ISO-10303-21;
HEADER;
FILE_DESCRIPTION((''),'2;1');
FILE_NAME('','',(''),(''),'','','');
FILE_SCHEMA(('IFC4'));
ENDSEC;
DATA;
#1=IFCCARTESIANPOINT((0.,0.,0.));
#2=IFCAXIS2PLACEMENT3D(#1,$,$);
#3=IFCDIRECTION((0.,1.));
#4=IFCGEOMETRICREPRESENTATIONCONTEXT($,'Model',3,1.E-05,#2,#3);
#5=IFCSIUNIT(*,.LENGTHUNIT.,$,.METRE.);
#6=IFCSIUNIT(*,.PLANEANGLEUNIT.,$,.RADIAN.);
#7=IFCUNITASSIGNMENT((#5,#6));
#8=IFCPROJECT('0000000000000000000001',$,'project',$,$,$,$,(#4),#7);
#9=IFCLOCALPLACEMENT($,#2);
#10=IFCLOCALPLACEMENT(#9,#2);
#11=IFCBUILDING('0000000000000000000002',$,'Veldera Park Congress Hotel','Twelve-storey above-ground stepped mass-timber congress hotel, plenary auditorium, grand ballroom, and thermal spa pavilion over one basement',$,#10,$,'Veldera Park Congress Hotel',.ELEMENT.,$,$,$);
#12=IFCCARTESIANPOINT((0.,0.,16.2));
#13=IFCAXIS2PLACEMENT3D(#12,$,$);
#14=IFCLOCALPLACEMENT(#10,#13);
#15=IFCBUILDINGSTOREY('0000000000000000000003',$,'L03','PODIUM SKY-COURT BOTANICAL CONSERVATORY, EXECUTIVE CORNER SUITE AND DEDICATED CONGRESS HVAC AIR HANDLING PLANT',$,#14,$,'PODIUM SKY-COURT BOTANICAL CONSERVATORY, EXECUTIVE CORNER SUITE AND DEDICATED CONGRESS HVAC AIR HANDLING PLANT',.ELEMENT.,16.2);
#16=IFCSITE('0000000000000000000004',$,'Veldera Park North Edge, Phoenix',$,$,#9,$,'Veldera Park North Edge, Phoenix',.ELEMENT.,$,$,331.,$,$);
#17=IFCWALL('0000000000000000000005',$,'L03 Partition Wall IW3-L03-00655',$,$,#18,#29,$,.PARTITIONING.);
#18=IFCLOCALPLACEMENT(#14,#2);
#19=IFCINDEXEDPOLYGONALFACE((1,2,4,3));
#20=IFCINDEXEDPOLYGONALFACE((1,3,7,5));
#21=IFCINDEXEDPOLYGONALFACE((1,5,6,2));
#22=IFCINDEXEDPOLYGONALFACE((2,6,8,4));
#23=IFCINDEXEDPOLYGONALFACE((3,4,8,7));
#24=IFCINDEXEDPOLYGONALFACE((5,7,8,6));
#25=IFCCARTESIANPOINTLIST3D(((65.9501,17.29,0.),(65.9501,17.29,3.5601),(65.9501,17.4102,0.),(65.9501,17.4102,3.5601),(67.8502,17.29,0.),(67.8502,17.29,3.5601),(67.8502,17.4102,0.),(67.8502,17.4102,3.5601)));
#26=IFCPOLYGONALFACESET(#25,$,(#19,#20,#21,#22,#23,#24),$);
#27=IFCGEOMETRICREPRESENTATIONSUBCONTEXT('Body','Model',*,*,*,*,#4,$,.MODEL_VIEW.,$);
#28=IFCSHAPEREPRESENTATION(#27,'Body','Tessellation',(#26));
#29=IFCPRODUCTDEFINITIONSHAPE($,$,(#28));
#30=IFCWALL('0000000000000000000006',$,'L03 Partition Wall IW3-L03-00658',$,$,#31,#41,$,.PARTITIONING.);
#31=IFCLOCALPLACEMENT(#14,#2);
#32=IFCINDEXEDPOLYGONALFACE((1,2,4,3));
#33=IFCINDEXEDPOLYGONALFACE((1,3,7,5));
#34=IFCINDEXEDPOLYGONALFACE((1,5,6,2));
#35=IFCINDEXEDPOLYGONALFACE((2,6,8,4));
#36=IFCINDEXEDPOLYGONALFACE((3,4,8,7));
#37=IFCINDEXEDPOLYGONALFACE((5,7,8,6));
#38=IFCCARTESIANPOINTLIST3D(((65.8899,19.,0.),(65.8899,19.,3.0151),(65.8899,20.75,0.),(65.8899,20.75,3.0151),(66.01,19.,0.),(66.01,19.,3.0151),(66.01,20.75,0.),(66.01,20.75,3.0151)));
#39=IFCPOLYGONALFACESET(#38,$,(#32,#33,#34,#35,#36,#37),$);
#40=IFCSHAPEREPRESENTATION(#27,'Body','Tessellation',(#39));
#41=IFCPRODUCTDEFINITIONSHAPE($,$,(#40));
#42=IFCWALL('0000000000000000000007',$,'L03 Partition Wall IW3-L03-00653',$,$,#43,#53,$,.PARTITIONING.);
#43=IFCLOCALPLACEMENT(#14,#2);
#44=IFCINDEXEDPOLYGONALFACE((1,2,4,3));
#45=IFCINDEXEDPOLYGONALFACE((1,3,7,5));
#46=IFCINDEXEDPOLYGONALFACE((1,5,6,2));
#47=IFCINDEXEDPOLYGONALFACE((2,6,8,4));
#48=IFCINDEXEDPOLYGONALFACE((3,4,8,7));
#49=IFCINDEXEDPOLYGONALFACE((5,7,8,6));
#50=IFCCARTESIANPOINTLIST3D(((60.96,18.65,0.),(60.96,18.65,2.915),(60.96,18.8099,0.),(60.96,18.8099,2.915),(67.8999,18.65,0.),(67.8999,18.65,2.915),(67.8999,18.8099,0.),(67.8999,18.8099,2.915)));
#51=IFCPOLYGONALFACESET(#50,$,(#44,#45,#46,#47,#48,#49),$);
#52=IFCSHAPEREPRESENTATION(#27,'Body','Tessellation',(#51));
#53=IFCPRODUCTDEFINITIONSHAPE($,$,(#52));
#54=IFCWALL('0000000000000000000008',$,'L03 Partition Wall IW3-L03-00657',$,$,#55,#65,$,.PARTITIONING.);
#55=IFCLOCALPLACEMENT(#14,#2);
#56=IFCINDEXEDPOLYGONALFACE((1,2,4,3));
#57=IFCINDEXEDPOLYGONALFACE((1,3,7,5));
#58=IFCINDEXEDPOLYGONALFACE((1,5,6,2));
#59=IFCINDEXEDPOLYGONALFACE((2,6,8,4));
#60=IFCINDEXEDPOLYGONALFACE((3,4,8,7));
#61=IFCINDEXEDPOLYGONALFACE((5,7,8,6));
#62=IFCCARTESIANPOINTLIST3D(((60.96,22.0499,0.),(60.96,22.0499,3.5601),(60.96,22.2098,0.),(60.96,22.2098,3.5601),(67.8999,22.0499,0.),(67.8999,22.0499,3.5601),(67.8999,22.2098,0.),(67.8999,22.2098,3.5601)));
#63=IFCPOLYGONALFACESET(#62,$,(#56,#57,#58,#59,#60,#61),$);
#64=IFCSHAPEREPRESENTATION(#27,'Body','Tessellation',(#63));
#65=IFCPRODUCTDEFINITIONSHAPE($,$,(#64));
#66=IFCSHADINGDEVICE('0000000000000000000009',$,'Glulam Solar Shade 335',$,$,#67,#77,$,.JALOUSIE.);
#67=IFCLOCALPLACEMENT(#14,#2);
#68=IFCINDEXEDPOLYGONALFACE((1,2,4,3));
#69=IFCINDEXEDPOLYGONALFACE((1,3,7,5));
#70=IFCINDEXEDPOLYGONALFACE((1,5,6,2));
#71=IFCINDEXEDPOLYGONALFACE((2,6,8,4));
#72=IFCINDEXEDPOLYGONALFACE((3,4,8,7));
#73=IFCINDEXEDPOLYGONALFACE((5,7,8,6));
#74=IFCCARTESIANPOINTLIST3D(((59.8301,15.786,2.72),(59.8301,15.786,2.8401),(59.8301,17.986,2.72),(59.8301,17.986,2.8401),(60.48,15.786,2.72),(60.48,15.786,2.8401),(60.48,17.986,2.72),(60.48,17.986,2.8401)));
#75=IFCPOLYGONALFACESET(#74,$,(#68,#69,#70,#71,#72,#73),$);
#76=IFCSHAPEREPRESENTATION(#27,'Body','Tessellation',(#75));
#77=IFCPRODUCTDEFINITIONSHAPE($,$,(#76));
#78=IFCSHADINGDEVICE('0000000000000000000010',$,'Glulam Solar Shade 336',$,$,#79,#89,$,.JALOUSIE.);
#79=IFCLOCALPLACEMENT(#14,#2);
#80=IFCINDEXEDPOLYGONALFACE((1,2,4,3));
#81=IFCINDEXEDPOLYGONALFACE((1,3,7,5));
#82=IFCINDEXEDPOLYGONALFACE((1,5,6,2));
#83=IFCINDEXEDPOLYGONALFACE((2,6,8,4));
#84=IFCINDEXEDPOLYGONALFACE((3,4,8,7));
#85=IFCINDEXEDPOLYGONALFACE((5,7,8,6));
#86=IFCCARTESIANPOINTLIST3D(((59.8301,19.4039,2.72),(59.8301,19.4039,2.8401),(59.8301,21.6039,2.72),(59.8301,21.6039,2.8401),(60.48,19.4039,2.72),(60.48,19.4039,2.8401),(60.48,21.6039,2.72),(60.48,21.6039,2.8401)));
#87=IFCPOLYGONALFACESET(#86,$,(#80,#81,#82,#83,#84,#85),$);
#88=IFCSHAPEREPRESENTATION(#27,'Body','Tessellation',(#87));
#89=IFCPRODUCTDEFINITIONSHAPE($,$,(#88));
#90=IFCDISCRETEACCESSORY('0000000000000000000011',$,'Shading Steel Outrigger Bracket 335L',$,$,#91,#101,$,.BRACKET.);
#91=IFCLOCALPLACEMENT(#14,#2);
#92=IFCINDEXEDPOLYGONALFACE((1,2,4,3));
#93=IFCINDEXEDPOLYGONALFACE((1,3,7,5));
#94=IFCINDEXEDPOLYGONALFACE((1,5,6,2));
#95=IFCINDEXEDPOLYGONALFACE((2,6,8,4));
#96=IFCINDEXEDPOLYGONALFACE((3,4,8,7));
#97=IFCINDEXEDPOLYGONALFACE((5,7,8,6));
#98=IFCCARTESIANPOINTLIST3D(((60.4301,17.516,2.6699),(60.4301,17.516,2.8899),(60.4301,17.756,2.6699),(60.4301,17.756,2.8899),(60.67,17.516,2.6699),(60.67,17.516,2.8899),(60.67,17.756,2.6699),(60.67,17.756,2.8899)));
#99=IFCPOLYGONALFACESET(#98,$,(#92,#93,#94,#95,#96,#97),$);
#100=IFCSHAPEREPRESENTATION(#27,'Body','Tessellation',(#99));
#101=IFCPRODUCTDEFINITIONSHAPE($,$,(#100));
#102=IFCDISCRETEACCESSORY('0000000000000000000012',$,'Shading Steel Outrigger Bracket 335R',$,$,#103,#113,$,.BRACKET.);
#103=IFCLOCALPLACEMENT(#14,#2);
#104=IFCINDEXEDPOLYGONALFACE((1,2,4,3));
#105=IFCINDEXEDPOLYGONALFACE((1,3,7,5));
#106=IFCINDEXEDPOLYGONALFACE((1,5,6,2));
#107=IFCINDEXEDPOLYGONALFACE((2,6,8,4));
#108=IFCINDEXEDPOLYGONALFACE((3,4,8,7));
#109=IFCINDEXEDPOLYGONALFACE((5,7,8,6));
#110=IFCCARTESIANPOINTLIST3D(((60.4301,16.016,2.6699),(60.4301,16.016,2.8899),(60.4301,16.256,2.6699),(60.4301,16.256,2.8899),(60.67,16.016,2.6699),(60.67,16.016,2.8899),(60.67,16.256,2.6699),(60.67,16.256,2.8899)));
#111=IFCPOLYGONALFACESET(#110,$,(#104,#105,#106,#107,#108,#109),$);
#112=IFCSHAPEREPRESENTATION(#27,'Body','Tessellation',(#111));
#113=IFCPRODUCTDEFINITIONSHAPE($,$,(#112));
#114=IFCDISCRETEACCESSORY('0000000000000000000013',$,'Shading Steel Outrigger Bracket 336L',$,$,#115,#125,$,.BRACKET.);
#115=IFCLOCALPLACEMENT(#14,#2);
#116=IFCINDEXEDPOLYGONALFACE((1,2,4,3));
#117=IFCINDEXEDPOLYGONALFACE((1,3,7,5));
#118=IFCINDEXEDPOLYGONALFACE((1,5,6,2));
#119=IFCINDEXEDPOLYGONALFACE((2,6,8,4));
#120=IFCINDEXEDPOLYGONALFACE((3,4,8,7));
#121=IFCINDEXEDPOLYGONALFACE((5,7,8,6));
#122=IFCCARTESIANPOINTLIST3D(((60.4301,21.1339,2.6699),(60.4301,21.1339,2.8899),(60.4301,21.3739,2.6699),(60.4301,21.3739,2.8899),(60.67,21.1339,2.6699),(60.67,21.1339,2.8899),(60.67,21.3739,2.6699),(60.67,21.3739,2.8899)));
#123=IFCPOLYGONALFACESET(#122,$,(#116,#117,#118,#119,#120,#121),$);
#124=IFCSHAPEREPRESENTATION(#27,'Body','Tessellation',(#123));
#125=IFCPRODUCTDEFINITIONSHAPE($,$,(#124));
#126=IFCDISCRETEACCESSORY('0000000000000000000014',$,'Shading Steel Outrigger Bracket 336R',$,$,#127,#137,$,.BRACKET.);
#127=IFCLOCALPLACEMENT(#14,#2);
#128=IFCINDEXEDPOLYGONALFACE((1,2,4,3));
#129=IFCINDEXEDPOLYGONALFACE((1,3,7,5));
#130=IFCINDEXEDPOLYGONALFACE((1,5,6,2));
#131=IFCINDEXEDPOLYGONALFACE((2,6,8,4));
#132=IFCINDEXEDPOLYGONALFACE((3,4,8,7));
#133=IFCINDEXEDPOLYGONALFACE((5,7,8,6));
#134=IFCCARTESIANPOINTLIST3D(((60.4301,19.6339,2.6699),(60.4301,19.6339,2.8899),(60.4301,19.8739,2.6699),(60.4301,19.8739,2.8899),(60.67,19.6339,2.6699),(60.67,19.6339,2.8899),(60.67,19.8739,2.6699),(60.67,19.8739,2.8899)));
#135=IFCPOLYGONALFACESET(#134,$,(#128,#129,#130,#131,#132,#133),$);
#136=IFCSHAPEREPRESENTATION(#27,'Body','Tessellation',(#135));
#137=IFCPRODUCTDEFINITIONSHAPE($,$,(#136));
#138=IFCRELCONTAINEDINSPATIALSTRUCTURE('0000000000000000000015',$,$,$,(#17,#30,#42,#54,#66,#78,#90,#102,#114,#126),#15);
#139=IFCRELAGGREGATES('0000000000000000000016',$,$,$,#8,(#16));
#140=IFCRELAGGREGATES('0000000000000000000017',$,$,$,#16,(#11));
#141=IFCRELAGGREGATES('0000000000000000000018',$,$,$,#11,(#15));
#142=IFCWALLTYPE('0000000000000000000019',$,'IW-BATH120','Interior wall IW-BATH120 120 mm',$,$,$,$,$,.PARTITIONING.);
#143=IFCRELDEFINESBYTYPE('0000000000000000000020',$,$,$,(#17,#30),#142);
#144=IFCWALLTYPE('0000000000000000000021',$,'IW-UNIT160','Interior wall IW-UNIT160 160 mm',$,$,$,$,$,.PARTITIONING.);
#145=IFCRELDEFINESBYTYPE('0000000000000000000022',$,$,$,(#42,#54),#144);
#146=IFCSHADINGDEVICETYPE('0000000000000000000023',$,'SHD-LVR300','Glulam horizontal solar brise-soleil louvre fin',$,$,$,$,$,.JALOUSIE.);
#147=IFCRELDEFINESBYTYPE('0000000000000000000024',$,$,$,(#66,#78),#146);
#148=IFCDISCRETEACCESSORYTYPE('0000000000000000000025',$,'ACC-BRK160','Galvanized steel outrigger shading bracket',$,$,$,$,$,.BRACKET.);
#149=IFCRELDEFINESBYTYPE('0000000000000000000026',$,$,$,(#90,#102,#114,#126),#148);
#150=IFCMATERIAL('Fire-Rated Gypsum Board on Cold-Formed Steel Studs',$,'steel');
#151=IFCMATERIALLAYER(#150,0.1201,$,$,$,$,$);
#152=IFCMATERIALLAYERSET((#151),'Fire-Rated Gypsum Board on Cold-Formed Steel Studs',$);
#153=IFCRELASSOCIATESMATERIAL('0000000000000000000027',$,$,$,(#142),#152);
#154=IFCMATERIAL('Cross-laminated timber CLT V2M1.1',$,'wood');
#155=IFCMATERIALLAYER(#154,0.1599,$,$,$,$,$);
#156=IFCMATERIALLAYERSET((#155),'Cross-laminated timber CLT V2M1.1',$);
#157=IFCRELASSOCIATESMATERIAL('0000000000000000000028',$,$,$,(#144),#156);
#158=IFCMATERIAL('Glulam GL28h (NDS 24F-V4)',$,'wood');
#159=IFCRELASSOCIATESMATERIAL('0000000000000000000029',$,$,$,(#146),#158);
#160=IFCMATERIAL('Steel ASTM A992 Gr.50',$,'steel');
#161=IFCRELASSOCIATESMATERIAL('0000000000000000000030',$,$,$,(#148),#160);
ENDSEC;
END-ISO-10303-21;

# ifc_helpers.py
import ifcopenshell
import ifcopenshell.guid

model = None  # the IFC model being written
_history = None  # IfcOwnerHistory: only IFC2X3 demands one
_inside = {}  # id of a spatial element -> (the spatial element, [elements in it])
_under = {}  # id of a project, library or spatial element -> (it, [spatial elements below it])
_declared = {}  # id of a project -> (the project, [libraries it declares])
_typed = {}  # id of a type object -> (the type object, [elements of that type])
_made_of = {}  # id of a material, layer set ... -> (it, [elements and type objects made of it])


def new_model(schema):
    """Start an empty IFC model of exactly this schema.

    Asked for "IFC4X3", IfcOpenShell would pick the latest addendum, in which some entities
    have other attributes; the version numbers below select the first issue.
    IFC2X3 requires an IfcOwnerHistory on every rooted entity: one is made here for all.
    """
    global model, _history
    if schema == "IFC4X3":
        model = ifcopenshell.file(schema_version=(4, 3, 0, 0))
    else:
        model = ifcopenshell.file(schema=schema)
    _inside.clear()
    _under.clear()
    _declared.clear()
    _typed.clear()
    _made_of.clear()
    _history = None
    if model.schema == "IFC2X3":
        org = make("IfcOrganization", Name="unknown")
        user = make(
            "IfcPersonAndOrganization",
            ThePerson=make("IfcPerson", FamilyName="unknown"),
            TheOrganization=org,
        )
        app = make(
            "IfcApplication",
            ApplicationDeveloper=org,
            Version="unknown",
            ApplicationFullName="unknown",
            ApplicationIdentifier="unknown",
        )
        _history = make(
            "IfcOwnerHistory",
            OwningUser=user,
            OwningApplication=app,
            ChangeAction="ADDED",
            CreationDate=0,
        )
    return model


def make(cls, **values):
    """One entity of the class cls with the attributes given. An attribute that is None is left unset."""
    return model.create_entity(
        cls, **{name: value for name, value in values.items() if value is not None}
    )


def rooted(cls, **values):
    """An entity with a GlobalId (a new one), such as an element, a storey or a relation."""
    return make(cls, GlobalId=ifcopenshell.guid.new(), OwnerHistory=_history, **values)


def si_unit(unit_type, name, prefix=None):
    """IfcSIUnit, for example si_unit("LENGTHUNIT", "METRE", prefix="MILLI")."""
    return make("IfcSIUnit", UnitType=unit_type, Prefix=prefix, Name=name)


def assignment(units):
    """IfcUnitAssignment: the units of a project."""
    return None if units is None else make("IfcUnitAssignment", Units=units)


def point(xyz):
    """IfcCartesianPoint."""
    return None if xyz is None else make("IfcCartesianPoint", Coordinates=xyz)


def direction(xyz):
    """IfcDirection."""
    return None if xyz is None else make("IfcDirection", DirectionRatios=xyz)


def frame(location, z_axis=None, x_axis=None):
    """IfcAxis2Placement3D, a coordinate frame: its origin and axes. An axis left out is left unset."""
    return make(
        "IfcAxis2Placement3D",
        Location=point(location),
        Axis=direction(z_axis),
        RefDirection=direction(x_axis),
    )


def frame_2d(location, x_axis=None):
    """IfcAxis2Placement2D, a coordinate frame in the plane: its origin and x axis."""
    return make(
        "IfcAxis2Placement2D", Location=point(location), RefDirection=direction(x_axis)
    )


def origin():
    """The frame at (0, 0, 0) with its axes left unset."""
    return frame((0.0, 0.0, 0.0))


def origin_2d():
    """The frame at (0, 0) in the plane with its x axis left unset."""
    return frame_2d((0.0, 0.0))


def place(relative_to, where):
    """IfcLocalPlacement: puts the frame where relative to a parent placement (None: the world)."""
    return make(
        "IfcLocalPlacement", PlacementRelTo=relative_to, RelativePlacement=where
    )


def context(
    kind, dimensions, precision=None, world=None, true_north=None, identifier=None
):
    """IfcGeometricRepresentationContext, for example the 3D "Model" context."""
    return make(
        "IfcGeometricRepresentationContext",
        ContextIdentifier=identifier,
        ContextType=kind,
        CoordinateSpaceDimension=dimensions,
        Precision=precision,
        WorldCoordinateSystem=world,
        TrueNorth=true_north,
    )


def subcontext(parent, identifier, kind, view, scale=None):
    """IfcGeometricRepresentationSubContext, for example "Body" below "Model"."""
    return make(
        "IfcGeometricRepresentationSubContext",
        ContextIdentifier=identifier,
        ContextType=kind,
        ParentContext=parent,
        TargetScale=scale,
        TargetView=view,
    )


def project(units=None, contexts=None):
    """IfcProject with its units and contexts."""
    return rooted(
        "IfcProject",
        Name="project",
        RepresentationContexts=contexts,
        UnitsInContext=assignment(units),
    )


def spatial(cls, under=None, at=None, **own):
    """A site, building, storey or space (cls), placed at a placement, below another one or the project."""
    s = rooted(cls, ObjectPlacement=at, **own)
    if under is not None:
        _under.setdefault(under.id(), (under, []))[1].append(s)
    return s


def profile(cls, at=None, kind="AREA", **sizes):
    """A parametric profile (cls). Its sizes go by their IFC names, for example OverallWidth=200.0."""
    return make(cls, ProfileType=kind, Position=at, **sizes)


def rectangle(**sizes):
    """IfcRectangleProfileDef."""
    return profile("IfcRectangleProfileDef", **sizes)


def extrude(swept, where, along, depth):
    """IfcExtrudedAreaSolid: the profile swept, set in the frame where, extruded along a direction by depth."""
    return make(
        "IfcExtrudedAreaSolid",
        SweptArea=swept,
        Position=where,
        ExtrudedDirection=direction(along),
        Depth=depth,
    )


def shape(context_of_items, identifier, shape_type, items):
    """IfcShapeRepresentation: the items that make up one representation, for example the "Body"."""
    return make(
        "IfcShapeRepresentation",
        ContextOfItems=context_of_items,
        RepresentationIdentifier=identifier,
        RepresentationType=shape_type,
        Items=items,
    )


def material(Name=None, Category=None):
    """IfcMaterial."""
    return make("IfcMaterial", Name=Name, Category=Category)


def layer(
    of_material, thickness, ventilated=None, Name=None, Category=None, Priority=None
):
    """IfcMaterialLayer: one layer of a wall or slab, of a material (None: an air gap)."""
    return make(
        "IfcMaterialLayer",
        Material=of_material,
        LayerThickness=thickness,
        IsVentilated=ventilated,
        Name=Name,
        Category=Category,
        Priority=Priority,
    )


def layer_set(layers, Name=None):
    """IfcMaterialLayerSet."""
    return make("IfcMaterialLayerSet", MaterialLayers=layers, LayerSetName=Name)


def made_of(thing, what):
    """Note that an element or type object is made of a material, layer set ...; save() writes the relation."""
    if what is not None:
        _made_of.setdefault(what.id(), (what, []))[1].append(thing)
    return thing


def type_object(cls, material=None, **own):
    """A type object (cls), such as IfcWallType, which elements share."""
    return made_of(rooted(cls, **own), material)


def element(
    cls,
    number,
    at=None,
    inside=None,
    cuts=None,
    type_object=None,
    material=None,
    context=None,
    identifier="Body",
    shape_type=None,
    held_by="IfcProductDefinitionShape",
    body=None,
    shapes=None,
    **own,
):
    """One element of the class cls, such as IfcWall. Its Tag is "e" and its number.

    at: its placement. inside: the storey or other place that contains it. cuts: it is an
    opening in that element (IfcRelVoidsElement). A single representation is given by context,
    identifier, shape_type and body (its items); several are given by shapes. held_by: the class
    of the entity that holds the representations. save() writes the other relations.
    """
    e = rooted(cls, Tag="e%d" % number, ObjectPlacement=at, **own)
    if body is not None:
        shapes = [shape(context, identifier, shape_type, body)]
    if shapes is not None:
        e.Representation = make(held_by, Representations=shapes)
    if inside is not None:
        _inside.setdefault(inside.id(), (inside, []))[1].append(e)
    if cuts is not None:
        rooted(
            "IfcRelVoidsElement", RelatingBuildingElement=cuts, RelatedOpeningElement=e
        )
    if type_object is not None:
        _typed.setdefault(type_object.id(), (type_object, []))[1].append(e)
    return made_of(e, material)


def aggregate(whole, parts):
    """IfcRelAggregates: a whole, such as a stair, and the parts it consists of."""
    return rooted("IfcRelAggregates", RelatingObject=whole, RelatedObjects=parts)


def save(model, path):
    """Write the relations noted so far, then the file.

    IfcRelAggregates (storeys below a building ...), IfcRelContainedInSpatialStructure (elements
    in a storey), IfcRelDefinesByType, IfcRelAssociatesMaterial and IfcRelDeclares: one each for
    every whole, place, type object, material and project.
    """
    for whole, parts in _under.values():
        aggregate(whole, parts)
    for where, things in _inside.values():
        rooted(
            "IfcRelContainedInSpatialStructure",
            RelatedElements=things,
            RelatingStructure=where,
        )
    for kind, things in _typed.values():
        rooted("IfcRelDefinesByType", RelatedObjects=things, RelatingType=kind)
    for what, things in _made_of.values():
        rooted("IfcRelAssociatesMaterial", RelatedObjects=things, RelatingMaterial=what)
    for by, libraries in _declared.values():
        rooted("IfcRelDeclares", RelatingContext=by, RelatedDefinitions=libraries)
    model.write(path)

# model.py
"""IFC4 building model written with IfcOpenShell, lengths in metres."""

from ifc_helpers import new_model, si_unit, direction, frame, frame_2d, origin, origin_2d, place, context, subcontext, project, spatial, rectangle, extrude, material, layer, layer_set, type_object, element, save


model = new_model("IFC4")

# Units and contexts
model_context = context("Model", 3, precision=1e-05, world=origin(), true_north=direction((0.0, 1.0)))
body_context = subcontext(model_context, "Body", "Model", "MODEL_VIEW")
ifc_project = project(units=[si_unit("LENGTHUNIT", "METRE"), si_unit("PLANEANGLEUNIT", "RADIAN")], contexts=[model_context])

# Site, building, storey
site_placement = place(None, origin())
site = spatial("IfcSite", under=ifc_project, at=site_placement, Name="Veldera Park North Edge, Phoenix", LongName="Veldera Park North Edge, Phoenix", CompositionType="ELEMENT", RefElevation=331.0)
building_placement = place(site_placement, origin())
building = spatial("IfcBuilding", under=site, at=building_placement, Name="Veldera Park Congress Hotel", Description="Twelve-storey above-ground stepped mass-timber congress hotel, plenary auditorium, grand ballroom, and thermal spa pavilion over one basement", LongName="Veldera Park Congress Hotel", CompositionType="ELEMENT")
storey_placement = place(building_placement, frame((0.0, 0.0, 16.2)))
storey = spatial("IfcBuildingStorey", under=building, at=storey_placement, Name="L03", Description="PODIUM SKY-COURT BOTANICAL CONSERVATORY, EXECUTIVE CORNER SUITE AND DEDICATED CONGRESS HVAC AIR HANDLING PLANT", LongName="PODIUM SKY-COURT BOTANICAL CONSERVATORY, EXECUTIVE CORNER SUITE AND DEDICATED CONGRESS HVAC AIR HANDLING PLANT", CompositionType="ELEMENT", Elevation=16.2)

# Shared definitions
ifc_material_1 = material(Name="Glulam GL28h (NDS 24F-V4)", Category="wood")

# Shared definitions
ifc_material_2 = material(Name="Cross-laminated timber CLT V2M1.1", Category="wood")

# Shared definitions
ifc_material_3 = material(Name="Fire-Rated Gypsum Board on Cold-Formed Steel Studs", Category="steel")
ifc_layer_1 = layer(ifc_material_3, 0.1201)
ifc_layer_set_1 = layer_set([ifc_layer_1], Name="Fire-Rated Gypsum Board on Cold-Formed Steel Studs")
wall_type_1 = type_object("IfcWallType", Name="IW-BATH120", Description="Interior wall IW-BATH120 120 mm", PredefinedType="PARTITIONING", material=ifc_layer_set_1)

# Walls
wall_1_placement = place(storey_placement, frame((65.95, 17.3501, 0.0), z_axis=(0.0, 0.0, 1.0), x_axis=(1.0, 0.0, 0.0)))
element("IfcWall", 1, at=wall_1_placement, inside=storey, type_object=wall_type_1, Name="L03 Partition Wall IW3-L03-00655", PredefinedType="PARTITIONING", context=body_context, shape_type="SweptSolid", body=[
    extrude(rectangle(XDim=1.9001, YDim=0.1201, at=frame_2d((0.9502, 0.0))), origin(), (0.0, 0.0, 1.0), 3.5601),
])
wall_2_placement = place(storey_placement, frame((65.95, 19.0, 0.0), z_axis=(0.0, 0.0, 1.0), x_axis=(0.0, 1.0, 0.0)))
element("IfcWall", 2, at=wall_2_placement, inside=storey, type_object=wall_type_1, Name="L03 Partition Wall IW3-L03-00658", PredefinedType="PARTITIONING", context=body_context, shape_type="SweptSolid", body=[
    extrude(rectangle(XDim=1.75, YDim=0.1201, at=frame_2d((0.875, 0.0))), origin(), (0.0, 0.0, 1.0), 3.0151),
])

# Walls
ifc_layer_2 = layer(ifc_material_2, 0.1599)
ifc_layer_set_2 = layer_set([ifc_layer_2], Name="Cross-laminated timber CLT V2M1.1")
wall_type_2 = type_object("IfcWallType", Name="IW-UNIT160", Description="Interior wall IW-UNIT160 160 mm", PredefinedType="PARTITIONING", material=ifc_layer_set_2)
wall_3_placement = place(storey_placement, frame((60.96, 18.73, 0.0), z_axis=(0.0, 0.0, 1.0), x_axis=(1.0, 0.0, 0.0)))
element("IfcWall", 3, at=wall_3_placement, inside=storey, type_object=wall_type_2, Name="L03 Partition Wall IW3-L03-00653", PredefinedType="PARTITIONING", context=body_context, shape_type="SweptSolid", body=[
    extrude(rectangle(XDim=6.9399, YDim=0.1599, at=frame_2d((3.47, 0.0))), origin(), (0.0, 0.0, 1.0), 2.915),
])
wall_4_placement = place(storey_placement, frame((60.96, 22.1299, 0.0), z_axis=(0.0, 0.0, 1.0), x_axis=(1.0, 0.0, 0.0)))
element("IfcWall", 4, at=wall_4_placement, inside=storey, type_object=wall_type_2, Name="L03 Partition Wall IW3-L03-00657", PredefinedType="PARTITIONING", context=body_context, shape_type="SweptSolid", body=[
    extrude(rectangle(XDim=6.9399, YDim=0.1599, at=frame_2d((3.47, 0.0))), origin(), (0.0, 0.0, 1.0), 3.5601),
])

# Shading devices
shading_device_type = type_object("IfcShadingDeviceType", Name="SHD-LVR300", Description="Glulam horizontal solar brise-soleil louvre fin", PredefinedType="JALOUSIE", material=ifc_material_1)
for number, where, z_axis, x_axis, name in (
    (5, (60.155, 16.886, 2.72), (0.0, 0.0, 1.0), (0.0, -1.0, 0.0), "Glulam Solar Shade 335"),
    (6, (60.155, 20.5039, 2.72), (0.0, 0.0, 1.0), (0.0, -1.0, 0.0), "Glulam Solar Shade 336"),
):
    element("IfcShadingDevice", number, at=place(storey_placement, frame(where, z_axis=z_axis, x_axis=x_axis)), inside=storey, type_object=shading_device_type, Name=name, PredefinedType="JALOUSIE", context=body_context, shape_type="SweptSolid", body=[
        extrude(rectangle(XDim=2.2, YDim=0.6499, at=origin_2d()), origin(), (0.0, 0.0, 1.0), 0.1201),
    ])

# Discrete accessories
ifc_material_4 = material(Name="Steel ASTM A992 Gr.50", Category="steel")
discrete_accessory_type = type_object("IfcDiscreteAccessoryType", Name="ACC-BRK160", Description="Galvanized steel outrigger shading bracket", PredefinedType="BRACKET", material=ifc_material_4)
for number, where, z_axis, x_axis, name in (
    (7, (60.55, 17.636, 2.6699), (0.0, 0.0, 1.0), (0.0, -1.0, 0.0), "Shading Steel Outrigger Bracket 335L"),
    (8, (60.55, 16.136, 2.6699), (0.0, 0.0, 1.0), (0.0, -1.0, 0.0), "Shading Steel Outrigger Bracket 335R"),
    (9, (60.55, 21.2539, 2.6699), (0.0, 0.0, 1.0), (0.0, -1.0, 0.0), "Shading Steel Outrigger Bracket 336L"),
    (10, (60.55, 19.7539, 2.6699), (0.0, 0.0, 1.0), (0.0, -1.0, 0.0), "Shading Steel Outrigger Bracket 336R"),
):
    element("IfcDiscreteAccessory", number, at=place(storey_placement, frame(where, z_axis=z_axis, x_axis=x_axis)), inside=storey, type_object=discrete_accessory_type, Name=name, PredefinedType="BRACKET", context=body_context, shape_type="SweptSolid", body=[
        extrude(rectangle(XDim=0.24, YDim=0.24, at=origin_2d()), origin(), (0.0, 0.0, 1.0), 0.22),
    ])

save(model, "model.ifc")
